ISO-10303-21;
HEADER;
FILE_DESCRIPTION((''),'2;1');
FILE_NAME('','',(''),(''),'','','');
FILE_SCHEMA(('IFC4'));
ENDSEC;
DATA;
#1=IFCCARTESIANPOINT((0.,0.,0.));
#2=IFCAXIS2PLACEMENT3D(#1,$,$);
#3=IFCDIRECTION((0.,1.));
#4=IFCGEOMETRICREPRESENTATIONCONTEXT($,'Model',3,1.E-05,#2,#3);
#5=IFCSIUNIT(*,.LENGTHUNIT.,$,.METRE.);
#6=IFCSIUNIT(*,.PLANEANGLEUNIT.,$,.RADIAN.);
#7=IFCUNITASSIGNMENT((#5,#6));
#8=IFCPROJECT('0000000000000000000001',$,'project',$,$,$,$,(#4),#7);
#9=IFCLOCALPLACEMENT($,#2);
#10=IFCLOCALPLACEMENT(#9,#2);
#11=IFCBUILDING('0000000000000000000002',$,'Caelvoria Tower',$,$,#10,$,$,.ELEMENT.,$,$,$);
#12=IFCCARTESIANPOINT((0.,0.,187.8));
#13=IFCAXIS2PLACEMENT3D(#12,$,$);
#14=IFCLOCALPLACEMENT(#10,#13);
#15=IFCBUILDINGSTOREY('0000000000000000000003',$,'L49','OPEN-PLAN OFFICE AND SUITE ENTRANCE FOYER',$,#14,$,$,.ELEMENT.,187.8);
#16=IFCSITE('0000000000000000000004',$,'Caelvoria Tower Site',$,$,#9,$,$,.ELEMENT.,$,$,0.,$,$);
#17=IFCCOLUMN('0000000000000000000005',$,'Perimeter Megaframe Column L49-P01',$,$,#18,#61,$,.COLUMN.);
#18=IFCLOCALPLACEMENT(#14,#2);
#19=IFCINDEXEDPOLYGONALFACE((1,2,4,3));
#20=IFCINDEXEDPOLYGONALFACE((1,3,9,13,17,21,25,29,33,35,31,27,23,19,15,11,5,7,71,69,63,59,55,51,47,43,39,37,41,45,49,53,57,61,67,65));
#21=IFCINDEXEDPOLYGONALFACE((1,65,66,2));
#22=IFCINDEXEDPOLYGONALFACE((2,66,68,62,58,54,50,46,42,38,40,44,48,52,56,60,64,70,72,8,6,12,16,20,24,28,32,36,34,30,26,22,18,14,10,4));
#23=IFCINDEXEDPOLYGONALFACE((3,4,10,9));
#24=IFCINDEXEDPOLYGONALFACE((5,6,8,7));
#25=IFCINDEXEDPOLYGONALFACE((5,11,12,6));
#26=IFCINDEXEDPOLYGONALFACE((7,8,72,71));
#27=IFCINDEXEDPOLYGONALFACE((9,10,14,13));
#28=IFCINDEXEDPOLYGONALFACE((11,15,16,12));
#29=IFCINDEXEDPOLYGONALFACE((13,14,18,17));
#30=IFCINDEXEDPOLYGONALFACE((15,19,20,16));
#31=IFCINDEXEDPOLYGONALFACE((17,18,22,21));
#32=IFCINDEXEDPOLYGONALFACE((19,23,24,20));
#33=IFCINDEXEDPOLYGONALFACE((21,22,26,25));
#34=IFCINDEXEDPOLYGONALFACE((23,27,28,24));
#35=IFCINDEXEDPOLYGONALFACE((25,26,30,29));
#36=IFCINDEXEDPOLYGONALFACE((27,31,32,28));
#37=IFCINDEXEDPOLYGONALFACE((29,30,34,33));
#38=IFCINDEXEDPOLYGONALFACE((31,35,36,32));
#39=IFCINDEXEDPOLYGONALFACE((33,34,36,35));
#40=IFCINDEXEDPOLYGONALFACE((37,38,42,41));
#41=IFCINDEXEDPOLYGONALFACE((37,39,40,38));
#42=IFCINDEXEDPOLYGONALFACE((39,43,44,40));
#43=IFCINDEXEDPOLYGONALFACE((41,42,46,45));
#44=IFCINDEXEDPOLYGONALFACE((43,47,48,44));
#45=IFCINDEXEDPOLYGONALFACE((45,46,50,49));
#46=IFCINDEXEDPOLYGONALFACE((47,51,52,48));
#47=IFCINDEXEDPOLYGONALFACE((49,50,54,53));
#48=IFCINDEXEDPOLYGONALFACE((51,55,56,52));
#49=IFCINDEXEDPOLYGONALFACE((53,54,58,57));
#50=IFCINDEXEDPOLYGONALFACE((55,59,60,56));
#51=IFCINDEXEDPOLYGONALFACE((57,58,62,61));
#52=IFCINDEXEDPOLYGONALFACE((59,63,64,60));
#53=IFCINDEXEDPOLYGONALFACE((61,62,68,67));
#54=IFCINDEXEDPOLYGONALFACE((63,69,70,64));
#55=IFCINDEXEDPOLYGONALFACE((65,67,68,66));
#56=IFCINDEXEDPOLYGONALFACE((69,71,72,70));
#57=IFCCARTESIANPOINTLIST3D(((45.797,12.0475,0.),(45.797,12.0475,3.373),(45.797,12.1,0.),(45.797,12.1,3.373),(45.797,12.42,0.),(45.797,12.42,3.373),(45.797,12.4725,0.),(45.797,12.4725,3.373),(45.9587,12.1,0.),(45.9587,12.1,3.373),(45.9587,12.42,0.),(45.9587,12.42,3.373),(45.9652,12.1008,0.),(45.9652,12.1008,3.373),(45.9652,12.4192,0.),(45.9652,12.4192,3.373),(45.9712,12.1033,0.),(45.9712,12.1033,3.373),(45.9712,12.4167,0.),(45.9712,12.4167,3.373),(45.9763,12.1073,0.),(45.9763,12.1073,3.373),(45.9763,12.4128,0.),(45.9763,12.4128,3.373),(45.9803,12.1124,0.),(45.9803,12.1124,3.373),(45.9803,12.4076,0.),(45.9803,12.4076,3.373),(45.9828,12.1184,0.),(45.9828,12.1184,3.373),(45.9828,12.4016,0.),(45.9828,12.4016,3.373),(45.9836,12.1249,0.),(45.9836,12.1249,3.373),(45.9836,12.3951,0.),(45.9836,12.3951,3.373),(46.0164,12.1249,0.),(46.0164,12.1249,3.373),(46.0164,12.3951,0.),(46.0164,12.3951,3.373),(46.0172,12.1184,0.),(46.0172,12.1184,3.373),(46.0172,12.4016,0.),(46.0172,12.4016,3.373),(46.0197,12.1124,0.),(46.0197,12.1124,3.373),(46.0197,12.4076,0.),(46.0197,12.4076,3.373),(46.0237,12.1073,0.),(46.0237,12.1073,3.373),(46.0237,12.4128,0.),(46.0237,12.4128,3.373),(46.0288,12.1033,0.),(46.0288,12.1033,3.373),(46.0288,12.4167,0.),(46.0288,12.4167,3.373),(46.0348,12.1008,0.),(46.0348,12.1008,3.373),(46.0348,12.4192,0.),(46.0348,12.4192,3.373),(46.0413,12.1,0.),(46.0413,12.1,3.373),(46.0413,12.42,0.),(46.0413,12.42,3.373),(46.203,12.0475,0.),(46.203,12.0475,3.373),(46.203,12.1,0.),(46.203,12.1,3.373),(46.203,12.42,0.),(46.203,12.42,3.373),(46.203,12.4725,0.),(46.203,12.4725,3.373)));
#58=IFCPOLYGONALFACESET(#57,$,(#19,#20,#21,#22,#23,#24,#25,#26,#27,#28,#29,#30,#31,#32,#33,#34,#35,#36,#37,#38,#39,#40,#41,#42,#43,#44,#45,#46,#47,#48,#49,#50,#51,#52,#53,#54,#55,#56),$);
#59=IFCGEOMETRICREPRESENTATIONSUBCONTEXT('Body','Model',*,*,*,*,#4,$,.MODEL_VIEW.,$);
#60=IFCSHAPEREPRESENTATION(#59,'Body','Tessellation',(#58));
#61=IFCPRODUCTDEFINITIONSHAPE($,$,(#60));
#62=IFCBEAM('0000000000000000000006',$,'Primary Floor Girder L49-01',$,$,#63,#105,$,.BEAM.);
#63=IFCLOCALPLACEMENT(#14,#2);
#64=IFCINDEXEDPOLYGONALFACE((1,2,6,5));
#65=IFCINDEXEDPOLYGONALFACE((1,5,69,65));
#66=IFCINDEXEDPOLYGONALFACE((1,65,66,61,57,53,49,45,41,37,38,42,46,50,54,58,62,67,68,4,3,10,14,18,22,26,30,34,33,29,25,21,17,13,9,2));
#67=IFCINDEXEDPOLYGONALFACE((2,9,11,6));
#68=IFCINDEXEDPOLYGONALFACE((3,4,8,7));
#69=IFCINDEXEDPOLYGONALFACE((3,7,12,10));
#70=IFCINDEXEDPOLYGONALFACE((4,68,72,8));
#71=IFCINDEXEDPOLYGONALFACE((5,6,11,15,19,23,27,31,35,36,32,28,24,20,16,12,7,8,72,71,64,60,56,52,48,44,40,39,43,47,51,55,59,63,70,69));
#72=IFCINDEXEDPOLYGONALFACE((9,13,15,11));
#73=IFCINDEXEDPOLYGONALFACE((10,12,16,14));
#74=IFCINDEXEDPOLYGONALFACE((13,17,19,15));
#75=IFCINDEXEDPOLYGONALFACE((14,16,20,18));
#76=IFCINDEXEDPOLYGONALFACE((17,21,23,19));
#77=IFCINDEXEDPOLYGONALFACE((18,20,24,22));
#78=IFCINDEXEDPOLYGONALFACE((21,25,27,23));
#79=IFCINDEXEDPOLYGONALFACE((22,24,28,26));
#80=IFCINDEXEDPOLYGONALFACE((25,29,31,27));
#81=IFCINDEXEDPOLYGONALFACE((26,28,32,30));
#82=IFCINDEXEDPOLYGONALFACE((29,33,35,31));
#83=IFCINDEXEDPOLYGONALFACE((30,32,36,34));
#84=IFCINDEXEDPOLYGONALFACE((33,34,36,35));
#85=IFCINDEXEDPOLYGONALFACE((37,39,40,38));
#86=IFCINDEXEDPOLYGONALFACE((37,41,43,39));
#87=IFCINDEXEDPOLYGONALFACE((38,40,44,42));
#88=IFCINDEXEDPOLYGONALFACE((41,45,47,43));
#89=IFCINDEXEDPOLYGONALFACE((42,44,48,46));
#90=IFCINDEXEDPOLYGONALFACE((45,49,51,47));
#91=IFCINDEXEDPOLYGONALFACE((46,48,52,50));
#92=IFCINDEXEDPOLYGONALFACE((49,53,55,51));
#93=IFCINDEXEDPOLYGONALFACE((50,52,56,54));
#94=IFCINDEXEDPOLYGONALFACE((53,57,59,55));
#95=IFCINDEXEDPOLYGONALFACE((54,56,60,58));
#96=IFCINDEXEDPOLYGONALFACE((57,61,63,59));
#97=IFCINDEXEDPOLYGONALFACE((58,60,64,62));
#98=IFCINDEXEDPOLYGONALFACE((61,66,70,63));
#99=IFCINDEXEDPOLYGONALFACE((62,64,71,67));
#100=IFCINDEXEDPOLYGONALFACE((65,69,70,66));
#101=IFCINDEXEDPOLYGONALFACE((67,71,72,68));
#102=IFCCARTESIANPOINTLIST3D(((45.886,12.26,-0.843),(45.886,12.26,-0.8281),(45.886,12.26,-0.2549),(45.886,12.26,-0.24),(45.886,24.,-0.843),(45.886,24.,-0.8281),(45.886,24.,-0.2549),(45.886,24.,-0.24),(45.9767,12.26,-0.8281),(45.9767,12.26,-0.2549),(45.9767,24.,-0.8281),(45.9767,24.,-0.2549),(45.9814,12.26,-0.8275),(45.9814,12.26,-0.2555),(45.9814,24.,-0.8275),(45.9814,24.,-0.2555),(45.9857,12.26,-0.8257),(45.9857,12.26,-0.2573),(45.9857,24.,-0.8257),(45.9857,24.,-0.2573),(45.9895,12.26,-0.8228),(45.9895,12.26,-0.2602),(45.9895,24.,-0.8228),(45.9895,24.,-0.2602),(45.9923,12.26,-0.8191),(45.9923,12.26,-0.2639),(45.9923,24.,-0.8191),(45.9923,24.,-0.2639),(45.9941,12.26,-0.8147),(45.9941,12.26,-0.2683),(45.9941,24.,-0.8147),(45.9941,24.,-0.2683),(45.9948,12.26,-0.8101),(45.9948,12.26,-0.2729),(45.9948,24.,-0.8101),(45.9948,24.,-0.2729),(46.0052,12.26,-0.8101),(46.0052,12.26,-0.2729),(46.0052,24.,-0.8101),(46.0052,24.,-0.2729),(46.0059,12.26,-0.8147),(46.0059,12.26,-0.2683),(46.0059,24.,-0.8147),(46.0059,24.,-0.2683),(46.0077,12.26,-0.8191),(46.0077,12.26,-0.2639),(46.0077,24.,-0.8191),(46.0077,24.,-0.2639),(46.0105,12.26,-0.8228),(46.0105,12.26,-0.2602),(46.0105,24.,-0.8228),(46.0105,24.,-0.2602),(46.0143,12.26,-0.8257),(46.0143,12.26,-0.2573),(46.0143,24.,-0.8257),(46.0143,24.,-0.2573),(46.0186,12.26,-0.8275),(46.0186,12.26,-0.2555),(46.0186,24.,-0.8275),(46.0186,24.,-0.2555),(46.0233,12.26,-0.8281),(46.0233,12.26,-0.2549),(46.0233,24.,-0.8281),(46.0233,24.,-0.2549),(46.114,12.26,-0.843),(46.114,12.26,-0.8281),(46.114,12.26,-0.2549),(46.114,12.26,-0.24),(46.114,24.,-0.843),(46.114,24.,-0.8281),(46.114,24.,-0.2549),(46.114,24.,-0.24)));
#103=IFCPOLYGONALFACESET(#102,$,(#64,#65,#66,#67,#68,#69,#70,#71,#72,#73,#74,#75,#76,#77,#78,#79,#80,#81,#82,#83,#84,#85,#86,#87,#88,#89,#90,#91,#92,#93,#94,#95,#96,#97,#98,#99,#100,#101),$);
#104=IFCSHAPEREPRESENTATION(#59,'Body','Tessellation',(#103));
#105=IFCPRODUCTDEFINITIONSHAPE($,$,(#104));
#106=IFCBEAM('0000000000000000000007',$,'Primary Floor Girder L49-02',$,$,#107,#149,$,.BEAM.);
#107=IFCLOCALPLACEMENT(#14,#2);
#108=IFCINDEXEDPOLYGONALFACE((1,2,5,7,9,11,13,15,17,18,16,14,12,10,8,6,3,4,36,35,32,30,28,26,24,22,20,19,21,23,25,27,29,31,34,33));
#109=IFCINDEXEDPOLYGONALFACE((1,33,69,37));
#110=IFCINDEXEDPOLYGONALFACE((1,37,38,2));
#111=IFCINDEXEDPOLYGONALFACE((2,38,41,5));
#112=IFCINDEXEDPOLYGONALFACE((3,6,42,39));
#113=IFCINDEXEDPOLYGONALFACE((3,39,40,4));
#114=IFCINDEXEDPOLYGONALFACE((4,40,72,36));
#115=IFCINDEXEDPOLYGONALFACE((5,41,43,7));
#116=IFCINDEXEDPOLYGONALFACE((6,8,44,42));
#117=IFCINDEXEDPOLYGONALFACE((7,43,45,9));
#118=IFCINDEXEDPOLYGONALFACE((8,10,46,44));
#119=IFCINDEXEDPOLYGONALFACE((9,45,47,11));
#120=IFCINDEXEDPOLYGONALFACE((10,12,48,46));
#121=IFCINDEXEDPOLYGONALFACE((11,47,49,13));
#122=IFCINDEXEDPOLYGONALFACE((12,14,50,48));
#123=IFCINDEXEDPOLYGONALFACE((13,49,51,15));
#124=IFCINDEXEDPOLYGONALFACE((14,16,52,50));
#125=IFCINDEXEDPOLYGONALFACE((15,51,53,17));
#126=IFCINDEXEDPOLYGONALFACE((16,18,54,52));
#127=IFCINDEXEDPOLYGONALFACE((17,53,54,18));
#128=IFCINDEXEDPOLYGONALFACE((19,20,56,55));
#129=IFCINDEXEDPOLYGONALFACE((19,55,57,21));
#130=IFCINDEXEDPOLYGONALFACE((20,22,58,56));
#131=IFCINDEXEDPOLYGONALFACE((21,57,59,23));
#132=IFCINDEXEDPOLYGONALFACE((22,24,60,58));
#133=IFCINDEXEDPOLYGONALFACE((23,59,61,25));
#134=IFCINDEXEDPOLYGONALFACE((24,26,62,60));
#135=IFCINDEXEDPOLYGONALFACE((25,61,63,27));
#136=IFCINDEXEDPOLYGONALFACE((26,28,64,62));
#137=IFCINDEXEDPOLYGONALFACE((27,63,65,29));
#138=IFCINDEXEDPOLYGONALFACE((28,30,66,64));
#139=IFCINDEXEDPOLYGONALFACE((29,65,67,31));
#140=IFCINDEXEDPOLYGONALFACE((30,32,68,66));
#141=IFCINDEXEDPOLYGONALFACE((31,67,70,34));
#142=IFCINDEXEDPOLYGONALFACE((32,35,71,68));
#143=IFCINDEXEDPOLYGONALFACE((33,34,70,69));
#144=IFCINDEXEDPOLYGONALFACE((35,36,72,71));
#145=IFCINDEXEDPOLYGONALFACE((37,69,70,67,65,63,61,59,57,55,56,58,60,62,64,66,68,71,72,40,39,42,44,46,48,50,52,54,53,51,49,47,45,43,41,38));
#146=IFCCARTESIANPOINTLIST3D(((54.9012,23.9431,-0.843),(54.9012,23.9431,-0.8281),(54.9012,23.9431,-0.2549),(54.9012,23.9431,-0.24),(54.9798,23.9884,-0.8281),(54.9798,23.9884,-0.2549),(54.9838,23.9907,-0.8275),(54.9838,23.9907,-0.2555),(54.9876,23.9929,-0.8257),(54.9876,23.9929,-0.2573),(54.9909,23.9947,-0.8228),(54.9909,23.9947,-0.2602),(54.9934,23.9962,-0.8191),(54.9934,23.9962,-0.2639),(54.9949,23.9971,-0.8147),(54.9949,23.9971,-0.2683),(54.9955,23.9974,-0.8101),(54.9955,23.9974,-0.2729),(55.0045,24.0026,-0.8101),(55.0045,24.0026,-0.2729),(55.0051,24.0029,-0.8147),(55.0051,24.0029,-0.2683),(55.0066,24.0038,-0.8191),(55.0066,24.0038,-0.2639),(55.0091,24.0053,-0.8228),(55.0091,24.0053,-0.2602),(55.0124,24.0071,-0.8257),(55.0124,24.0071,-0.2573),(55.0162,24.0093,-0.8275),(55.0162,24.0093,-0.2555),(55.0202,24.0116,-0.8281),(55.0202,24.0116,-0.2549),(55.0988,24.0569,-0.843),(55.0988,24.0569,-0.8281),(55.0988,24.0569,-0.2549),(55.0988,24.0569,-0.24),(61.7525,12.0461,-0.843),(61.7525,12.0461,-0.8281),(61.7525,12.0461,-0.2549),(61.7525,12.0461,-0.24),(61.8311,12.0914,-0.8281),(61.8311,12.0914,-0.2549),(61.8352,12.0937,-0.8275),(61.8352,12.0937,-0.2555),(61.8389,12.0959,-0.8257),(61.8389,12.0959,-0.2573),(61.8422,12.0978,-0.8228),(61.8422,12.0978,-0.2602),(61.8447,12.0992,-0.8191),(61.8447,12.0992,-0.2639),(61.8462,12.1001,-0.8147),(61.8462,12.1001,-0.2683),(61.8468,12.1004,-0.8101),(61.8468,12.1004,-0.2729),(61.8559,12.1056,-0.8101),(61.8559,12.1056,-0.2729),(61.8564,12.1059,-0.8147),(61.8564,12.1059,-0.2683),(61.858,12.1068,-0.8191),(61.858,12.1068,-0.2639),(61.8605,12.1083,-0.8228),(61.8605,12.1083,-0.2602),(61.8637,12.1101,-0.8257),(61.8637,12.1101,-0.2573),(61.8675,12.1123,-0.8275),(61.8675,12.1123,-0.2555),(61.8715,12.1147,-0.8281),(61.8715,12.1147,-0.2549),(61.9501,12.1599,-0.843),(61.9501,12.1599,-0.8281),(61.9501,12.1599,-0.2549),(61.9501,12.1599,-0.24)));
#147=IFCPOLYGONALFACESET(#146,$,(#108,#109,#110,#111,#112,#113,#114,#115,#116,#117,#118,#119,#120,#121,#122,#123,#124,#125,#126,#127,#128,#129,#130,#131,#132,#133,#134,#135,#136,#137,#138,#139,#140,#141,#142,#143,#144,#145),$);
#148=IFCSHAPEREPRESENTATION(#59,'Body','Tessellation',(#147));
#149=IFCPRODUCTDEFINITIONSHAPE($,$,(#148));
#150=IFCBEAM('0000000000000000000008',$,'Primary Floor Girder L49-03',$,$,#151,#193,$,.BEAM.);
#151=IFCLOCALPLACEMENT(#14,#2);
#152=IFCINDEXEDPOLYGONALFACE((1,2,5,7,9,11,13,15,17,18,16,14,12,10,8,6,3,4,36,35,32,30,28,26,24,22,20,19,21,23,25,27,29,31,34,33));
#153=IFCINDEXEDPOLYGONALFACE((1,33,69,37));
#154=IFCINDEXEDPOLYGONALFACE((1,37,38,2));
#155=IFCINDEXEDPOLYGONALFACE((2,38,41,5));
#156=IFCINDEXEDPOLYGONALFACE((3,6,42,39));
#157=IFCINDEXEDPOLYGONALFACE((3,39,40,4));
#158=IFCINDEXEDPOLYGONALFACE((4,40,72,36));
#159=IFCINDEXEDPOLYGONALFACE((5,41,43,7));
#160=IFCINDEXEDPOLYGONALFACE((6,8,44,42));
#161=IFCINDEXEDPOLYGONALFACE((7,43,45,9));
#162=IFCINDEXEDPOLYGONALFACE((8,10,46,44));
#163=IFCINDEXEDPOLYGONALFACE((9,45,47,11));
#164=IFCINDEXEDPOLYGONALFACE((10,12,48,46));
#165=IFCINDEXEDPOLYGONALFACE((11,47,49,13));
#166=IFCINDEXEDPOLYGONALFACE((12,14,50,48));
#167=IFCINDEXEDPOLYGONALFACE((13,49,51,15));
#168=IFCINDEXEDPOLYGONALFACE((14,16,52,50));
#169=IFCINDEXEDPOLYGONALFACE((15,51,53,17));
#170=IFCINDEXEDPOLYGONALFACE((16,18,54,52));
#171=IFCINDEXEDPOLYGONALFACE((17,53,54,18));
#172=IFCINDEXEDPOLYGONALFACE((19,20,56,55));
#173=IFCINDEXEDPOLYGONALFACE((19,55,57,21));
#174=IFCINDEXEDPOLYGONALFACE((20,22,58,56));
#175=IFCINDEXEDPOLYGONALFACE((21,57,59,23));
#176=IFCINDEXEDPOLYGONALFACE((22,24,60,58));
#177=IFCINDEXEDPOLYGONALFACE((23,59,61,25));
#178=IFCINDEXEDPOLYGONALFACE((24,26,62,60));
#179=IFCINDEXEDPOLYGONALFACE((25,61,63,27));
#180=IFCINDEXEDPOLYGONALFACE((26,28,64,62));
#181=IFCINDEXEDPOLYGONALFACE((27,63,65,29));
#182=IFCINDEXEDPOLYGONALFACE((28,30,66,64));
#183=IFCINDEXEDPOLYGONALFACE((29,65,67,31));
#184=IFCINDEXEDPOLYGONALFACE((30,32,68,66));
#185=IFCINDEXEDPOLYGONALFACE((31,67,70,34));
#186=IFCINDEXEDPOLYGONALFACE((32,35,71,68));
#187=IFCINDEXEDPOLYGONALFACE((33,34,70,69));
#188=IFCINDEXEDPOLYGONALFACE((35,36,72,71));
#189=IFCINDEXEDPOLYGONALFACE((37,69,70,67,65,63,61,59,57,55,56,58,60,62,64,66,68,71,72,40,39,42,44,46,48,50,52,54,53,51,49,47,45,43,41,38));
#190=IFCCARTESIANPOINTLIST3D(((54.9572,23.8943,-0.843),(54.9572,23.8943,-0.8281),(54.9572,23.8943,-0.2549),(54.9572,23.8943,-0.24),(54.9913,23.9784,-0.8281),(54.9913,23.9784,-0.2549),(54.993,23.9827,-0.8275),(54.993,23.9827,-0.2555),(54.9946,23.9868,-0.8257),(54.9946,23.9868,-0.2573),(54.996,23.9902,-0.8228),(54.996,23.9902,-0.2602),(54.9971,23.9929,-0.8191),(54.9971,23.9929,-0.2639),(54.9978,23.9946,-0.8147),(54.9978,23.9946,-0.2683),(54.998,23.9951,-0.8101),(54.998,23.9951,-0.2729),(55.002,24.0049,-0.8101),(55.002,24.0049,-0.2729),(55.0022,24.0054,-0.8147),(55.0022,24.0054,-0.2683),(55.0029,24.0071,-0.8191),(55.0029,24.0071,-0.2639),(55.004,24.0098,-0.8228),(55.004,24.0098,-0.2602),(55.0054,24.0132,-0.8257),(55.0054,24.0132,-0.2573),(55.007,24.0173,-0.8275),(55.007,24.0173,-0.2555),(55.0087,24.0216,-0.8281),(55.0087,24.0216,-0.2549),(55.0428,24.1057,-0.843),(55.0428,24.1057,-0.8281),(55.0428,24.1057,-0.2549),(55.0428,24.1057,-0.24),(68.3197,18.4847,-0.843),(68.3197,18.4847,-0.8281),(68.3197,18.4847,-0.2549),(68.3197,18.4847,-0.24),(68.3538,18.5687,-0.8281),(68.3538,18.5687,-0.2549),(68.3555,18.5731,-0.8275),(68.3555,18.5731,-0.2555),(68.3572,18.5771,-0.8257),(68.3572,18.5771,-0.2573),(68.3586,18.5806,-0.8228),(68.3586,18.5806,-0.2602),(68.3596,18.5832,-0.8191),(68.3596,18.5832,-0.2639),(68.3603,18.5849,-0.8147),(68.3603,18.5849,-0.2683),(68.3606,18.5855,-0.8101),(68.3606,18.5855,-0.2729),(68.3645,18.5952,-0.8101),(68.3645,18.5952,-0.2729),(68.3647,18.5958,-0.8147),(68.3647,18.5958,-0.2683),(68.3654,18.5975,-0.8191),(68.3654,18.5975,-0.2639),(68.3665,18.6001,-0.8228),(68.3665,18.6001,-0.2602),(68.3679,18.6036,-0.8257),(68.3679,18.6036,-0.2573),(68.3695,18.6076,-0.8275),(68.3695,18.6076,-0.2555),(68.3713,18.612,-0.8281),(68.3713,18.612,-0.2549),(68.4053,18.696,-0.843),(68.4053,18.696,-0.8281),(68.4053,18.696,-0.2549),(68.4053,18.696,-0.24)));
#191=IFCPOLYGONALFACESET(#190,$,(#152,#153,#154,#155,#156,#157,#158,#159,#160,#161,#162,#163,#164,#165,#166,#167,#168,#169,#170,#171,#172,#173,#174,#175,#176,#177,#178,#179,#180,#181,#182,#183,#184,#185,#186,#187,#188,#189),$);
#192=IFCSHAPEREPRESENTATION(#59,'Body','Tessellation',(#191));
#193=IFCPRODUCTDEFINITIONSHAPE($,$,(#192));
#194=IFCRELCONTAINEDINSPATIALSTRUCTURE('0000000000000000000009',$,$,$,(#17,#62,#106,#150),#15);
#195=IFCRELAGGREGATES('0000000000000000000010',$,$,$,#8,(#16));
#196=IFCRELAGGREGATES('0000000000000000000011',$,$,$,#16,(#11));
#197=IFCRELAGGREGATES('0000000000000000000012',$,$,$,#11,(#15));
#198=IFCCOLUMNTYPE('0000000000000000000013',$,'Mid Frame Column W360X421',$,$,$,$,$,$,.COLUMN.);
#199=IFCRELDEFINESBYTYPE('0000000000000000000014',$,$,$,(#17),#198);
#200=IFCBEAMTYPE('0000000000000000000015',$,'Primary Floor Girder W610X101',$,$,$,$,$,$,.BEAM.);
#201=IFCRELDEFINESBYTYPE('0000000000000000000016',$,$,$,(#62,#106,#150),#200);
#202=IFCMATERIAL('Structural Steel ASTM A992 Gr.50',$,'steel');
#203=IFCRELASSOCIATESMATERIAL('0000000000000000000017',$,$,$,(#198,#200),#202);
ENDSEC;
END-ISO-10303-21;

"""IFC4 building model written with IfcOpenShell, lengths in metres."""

from ifc_helpers import new_model, si_unit, direction, frame, origin, origin_2d, place, context, subcontext, project, spatial, i_section, extrude, material, material_profile, profile_set, type_object, element, save


model = new_model("IFC4")

# Units and contexts
model_context = context("Model", 3, precision=1e-05, world=origin(), true_north=direction((0.0, 1.0)))
body_context = subcontext(model_context, "Body", "Model", "MODEL_VIEW")
ifc_project = project(units=[si_unit("LENGTHUNIT", "METRE"), si_unit("PLANEANGLEUNIT", "RADIAN")], contexts=[model_context])

# Site, building, storey
site_placement = place(None, origin())
site = spatial("IfcSite", under=ifc_project, at=site_placement, Name="Caelvoria Tower Site", CompositionType="ELEMENT", RefElevation=0.0)
building_placement = place(site_placement, origin())
building = spatial("IfcBuilding", under=site, at=building_placement, Name="Caelvoria Tower", CompositionType="ELEMENT")
storey_placement = place(building_placement, frame((0.0, 0.0, 187.8)))
storey = spatial("IfcBuildingStorey", under=building, at=storey_placement, Name="L49", Description="OPEN-PLAN OFFICE AND SUITE ENTRANCE FOYER", CompositionType="ELEMENT", Elevation=187.8)

# Column
ifc_material_1 = material(Name="Structural Steel ASTM A992 Gr.50", Category="steel")
ifc_material_profile_1 = material_profile(ifc_material_1, i_section(OverallWidth=0.406, OverallDepth=0.425, WebThickness=0.0327, FlangeThickness=0.0525, FilletRadius=0.0249, at=origin_2d()), Name="Structural Steel ASTM A992 Gr.50")
ifc_profile_set_1 = profile_set([ifc_material_profile_1], Name="W360X421 - Structural Steel ASTM A992 Gr.50")
column_type = type_object("IfcColumnType", Name="Mid Frame Column W360X421", PredefinedType="COLUMN", material=ifc_profile_set_1)
column_placement = place(storey_placement, frame((46.0, 12.26, 0.0), z_axis=(0.0, 0.0, 1.0), x_axis=(1.0, 0.0, 0.0)))
element("IfcColumn", 1, at=column_placement, inside=storey, type_object=column_type, Name="Perimeter Megaframe Column L49-P01", PredefinedType="COLUMN", context=body_context, shape_type="SweptSolid", body=[
    extrude(i_section(OverallWidth=0.406, OverallDepth=0.425, WebThickness=0.0327, FlangeThickness=0.0525, FilletRadius=0.0249, at=origin_2d()), origin(), (0.0, 0.0, 1.0), 3.373),
])

# Beams
ifc_material_profile_2 = material_profile(ifc_material_1, i_section(OverallWidth=0.228, OverallDepth=0.603, WebThickness=0.0105, FlangeThickness=0.0149, FilletRadius=0.0181, at=origin_2d()), Name="Structural Steel ASTM A992 Gr.50")
ifc_profile_set_2 = profile_set([ifc_material_profile_2], Name="W610X101 - Structural Steel ASTM A992 Gr.50")
beam_type_1 = type_object("IfcBeamType", Name="Primary Floor Girder W610X101", PredefinedType="BEAM", material=ifc_profile_set_2)
beam_1_placement = place(storey_placement, frame((46.0, 24.0, -0.5415), z_axis=(0.0, -1.0, 0.0), x_axis=(1.0, 0.0, 0.0)))
element("IfcBeam", 2, at=beam_1_placement, inside=storey, type_object=beam_type_1, Name="Primary Floor Girder L49-01", PredefinedType="BEAM", context=body_context, shape_type="SweptSolid", body=[
    extrude(i_section(OverallWidth=0.228, OverallDepth=0.603, WebThickness=0.0105, FlangeThickness=0.0149, FilletRadius=0.0181, at=origin_2d()), origin(), (0.0, 0.0, 1.0), 11.74),
])
beam_2_placement = place(storey_placement, frame((55.0, 24.0, -0.5415), z_axis=(0.499049, -0.866574, 0.0), x_axis=(0.866574, 0.499049, 0.0)))
element("IfcBeam", 3, at=beam_2_placement, inside=storey, type_object=beam_type_1, Name="Primary Floor Girder L49-02", PredefinedType="BEAM", context=body_context, shape_type="SweptSolid", body=[
    extrude(i_section(OverallWidth=0.228, OverallDepth=0.603, WebThickness=0.0105, FlangeThickness=0.0149, FilletRadius=0.0181, at=origin_2d()), origin(), (0.0, 0.0, 1.0), 13.7288),
])
beam_3_placement = place(storey_placement, frame((55.0, 24.0, -0.5415), z_axis=(0.926922, -0.375253, 0.0), x_axis=(0.375253, 0.926922, 0.0)))
element("IfcBeam", 4, at=beam_3_placement, inside=storey, type_object=beam_type_1, Name="Primary Floor Girder L49-03", PredefinedType="BEAM", context=body_context, shape_type="SweptSolid", body=[
    extrude(i_section(OverallWidth=0.228, OverallDepth=0.603, WebThickness=0.0105, FlangeThickness=0.0149, FilletRadius=0.0181, at=origin_2d()), origin(), (0.0, 0.0, 1.0), 14.416),
])

save(model, "model.ifc")
